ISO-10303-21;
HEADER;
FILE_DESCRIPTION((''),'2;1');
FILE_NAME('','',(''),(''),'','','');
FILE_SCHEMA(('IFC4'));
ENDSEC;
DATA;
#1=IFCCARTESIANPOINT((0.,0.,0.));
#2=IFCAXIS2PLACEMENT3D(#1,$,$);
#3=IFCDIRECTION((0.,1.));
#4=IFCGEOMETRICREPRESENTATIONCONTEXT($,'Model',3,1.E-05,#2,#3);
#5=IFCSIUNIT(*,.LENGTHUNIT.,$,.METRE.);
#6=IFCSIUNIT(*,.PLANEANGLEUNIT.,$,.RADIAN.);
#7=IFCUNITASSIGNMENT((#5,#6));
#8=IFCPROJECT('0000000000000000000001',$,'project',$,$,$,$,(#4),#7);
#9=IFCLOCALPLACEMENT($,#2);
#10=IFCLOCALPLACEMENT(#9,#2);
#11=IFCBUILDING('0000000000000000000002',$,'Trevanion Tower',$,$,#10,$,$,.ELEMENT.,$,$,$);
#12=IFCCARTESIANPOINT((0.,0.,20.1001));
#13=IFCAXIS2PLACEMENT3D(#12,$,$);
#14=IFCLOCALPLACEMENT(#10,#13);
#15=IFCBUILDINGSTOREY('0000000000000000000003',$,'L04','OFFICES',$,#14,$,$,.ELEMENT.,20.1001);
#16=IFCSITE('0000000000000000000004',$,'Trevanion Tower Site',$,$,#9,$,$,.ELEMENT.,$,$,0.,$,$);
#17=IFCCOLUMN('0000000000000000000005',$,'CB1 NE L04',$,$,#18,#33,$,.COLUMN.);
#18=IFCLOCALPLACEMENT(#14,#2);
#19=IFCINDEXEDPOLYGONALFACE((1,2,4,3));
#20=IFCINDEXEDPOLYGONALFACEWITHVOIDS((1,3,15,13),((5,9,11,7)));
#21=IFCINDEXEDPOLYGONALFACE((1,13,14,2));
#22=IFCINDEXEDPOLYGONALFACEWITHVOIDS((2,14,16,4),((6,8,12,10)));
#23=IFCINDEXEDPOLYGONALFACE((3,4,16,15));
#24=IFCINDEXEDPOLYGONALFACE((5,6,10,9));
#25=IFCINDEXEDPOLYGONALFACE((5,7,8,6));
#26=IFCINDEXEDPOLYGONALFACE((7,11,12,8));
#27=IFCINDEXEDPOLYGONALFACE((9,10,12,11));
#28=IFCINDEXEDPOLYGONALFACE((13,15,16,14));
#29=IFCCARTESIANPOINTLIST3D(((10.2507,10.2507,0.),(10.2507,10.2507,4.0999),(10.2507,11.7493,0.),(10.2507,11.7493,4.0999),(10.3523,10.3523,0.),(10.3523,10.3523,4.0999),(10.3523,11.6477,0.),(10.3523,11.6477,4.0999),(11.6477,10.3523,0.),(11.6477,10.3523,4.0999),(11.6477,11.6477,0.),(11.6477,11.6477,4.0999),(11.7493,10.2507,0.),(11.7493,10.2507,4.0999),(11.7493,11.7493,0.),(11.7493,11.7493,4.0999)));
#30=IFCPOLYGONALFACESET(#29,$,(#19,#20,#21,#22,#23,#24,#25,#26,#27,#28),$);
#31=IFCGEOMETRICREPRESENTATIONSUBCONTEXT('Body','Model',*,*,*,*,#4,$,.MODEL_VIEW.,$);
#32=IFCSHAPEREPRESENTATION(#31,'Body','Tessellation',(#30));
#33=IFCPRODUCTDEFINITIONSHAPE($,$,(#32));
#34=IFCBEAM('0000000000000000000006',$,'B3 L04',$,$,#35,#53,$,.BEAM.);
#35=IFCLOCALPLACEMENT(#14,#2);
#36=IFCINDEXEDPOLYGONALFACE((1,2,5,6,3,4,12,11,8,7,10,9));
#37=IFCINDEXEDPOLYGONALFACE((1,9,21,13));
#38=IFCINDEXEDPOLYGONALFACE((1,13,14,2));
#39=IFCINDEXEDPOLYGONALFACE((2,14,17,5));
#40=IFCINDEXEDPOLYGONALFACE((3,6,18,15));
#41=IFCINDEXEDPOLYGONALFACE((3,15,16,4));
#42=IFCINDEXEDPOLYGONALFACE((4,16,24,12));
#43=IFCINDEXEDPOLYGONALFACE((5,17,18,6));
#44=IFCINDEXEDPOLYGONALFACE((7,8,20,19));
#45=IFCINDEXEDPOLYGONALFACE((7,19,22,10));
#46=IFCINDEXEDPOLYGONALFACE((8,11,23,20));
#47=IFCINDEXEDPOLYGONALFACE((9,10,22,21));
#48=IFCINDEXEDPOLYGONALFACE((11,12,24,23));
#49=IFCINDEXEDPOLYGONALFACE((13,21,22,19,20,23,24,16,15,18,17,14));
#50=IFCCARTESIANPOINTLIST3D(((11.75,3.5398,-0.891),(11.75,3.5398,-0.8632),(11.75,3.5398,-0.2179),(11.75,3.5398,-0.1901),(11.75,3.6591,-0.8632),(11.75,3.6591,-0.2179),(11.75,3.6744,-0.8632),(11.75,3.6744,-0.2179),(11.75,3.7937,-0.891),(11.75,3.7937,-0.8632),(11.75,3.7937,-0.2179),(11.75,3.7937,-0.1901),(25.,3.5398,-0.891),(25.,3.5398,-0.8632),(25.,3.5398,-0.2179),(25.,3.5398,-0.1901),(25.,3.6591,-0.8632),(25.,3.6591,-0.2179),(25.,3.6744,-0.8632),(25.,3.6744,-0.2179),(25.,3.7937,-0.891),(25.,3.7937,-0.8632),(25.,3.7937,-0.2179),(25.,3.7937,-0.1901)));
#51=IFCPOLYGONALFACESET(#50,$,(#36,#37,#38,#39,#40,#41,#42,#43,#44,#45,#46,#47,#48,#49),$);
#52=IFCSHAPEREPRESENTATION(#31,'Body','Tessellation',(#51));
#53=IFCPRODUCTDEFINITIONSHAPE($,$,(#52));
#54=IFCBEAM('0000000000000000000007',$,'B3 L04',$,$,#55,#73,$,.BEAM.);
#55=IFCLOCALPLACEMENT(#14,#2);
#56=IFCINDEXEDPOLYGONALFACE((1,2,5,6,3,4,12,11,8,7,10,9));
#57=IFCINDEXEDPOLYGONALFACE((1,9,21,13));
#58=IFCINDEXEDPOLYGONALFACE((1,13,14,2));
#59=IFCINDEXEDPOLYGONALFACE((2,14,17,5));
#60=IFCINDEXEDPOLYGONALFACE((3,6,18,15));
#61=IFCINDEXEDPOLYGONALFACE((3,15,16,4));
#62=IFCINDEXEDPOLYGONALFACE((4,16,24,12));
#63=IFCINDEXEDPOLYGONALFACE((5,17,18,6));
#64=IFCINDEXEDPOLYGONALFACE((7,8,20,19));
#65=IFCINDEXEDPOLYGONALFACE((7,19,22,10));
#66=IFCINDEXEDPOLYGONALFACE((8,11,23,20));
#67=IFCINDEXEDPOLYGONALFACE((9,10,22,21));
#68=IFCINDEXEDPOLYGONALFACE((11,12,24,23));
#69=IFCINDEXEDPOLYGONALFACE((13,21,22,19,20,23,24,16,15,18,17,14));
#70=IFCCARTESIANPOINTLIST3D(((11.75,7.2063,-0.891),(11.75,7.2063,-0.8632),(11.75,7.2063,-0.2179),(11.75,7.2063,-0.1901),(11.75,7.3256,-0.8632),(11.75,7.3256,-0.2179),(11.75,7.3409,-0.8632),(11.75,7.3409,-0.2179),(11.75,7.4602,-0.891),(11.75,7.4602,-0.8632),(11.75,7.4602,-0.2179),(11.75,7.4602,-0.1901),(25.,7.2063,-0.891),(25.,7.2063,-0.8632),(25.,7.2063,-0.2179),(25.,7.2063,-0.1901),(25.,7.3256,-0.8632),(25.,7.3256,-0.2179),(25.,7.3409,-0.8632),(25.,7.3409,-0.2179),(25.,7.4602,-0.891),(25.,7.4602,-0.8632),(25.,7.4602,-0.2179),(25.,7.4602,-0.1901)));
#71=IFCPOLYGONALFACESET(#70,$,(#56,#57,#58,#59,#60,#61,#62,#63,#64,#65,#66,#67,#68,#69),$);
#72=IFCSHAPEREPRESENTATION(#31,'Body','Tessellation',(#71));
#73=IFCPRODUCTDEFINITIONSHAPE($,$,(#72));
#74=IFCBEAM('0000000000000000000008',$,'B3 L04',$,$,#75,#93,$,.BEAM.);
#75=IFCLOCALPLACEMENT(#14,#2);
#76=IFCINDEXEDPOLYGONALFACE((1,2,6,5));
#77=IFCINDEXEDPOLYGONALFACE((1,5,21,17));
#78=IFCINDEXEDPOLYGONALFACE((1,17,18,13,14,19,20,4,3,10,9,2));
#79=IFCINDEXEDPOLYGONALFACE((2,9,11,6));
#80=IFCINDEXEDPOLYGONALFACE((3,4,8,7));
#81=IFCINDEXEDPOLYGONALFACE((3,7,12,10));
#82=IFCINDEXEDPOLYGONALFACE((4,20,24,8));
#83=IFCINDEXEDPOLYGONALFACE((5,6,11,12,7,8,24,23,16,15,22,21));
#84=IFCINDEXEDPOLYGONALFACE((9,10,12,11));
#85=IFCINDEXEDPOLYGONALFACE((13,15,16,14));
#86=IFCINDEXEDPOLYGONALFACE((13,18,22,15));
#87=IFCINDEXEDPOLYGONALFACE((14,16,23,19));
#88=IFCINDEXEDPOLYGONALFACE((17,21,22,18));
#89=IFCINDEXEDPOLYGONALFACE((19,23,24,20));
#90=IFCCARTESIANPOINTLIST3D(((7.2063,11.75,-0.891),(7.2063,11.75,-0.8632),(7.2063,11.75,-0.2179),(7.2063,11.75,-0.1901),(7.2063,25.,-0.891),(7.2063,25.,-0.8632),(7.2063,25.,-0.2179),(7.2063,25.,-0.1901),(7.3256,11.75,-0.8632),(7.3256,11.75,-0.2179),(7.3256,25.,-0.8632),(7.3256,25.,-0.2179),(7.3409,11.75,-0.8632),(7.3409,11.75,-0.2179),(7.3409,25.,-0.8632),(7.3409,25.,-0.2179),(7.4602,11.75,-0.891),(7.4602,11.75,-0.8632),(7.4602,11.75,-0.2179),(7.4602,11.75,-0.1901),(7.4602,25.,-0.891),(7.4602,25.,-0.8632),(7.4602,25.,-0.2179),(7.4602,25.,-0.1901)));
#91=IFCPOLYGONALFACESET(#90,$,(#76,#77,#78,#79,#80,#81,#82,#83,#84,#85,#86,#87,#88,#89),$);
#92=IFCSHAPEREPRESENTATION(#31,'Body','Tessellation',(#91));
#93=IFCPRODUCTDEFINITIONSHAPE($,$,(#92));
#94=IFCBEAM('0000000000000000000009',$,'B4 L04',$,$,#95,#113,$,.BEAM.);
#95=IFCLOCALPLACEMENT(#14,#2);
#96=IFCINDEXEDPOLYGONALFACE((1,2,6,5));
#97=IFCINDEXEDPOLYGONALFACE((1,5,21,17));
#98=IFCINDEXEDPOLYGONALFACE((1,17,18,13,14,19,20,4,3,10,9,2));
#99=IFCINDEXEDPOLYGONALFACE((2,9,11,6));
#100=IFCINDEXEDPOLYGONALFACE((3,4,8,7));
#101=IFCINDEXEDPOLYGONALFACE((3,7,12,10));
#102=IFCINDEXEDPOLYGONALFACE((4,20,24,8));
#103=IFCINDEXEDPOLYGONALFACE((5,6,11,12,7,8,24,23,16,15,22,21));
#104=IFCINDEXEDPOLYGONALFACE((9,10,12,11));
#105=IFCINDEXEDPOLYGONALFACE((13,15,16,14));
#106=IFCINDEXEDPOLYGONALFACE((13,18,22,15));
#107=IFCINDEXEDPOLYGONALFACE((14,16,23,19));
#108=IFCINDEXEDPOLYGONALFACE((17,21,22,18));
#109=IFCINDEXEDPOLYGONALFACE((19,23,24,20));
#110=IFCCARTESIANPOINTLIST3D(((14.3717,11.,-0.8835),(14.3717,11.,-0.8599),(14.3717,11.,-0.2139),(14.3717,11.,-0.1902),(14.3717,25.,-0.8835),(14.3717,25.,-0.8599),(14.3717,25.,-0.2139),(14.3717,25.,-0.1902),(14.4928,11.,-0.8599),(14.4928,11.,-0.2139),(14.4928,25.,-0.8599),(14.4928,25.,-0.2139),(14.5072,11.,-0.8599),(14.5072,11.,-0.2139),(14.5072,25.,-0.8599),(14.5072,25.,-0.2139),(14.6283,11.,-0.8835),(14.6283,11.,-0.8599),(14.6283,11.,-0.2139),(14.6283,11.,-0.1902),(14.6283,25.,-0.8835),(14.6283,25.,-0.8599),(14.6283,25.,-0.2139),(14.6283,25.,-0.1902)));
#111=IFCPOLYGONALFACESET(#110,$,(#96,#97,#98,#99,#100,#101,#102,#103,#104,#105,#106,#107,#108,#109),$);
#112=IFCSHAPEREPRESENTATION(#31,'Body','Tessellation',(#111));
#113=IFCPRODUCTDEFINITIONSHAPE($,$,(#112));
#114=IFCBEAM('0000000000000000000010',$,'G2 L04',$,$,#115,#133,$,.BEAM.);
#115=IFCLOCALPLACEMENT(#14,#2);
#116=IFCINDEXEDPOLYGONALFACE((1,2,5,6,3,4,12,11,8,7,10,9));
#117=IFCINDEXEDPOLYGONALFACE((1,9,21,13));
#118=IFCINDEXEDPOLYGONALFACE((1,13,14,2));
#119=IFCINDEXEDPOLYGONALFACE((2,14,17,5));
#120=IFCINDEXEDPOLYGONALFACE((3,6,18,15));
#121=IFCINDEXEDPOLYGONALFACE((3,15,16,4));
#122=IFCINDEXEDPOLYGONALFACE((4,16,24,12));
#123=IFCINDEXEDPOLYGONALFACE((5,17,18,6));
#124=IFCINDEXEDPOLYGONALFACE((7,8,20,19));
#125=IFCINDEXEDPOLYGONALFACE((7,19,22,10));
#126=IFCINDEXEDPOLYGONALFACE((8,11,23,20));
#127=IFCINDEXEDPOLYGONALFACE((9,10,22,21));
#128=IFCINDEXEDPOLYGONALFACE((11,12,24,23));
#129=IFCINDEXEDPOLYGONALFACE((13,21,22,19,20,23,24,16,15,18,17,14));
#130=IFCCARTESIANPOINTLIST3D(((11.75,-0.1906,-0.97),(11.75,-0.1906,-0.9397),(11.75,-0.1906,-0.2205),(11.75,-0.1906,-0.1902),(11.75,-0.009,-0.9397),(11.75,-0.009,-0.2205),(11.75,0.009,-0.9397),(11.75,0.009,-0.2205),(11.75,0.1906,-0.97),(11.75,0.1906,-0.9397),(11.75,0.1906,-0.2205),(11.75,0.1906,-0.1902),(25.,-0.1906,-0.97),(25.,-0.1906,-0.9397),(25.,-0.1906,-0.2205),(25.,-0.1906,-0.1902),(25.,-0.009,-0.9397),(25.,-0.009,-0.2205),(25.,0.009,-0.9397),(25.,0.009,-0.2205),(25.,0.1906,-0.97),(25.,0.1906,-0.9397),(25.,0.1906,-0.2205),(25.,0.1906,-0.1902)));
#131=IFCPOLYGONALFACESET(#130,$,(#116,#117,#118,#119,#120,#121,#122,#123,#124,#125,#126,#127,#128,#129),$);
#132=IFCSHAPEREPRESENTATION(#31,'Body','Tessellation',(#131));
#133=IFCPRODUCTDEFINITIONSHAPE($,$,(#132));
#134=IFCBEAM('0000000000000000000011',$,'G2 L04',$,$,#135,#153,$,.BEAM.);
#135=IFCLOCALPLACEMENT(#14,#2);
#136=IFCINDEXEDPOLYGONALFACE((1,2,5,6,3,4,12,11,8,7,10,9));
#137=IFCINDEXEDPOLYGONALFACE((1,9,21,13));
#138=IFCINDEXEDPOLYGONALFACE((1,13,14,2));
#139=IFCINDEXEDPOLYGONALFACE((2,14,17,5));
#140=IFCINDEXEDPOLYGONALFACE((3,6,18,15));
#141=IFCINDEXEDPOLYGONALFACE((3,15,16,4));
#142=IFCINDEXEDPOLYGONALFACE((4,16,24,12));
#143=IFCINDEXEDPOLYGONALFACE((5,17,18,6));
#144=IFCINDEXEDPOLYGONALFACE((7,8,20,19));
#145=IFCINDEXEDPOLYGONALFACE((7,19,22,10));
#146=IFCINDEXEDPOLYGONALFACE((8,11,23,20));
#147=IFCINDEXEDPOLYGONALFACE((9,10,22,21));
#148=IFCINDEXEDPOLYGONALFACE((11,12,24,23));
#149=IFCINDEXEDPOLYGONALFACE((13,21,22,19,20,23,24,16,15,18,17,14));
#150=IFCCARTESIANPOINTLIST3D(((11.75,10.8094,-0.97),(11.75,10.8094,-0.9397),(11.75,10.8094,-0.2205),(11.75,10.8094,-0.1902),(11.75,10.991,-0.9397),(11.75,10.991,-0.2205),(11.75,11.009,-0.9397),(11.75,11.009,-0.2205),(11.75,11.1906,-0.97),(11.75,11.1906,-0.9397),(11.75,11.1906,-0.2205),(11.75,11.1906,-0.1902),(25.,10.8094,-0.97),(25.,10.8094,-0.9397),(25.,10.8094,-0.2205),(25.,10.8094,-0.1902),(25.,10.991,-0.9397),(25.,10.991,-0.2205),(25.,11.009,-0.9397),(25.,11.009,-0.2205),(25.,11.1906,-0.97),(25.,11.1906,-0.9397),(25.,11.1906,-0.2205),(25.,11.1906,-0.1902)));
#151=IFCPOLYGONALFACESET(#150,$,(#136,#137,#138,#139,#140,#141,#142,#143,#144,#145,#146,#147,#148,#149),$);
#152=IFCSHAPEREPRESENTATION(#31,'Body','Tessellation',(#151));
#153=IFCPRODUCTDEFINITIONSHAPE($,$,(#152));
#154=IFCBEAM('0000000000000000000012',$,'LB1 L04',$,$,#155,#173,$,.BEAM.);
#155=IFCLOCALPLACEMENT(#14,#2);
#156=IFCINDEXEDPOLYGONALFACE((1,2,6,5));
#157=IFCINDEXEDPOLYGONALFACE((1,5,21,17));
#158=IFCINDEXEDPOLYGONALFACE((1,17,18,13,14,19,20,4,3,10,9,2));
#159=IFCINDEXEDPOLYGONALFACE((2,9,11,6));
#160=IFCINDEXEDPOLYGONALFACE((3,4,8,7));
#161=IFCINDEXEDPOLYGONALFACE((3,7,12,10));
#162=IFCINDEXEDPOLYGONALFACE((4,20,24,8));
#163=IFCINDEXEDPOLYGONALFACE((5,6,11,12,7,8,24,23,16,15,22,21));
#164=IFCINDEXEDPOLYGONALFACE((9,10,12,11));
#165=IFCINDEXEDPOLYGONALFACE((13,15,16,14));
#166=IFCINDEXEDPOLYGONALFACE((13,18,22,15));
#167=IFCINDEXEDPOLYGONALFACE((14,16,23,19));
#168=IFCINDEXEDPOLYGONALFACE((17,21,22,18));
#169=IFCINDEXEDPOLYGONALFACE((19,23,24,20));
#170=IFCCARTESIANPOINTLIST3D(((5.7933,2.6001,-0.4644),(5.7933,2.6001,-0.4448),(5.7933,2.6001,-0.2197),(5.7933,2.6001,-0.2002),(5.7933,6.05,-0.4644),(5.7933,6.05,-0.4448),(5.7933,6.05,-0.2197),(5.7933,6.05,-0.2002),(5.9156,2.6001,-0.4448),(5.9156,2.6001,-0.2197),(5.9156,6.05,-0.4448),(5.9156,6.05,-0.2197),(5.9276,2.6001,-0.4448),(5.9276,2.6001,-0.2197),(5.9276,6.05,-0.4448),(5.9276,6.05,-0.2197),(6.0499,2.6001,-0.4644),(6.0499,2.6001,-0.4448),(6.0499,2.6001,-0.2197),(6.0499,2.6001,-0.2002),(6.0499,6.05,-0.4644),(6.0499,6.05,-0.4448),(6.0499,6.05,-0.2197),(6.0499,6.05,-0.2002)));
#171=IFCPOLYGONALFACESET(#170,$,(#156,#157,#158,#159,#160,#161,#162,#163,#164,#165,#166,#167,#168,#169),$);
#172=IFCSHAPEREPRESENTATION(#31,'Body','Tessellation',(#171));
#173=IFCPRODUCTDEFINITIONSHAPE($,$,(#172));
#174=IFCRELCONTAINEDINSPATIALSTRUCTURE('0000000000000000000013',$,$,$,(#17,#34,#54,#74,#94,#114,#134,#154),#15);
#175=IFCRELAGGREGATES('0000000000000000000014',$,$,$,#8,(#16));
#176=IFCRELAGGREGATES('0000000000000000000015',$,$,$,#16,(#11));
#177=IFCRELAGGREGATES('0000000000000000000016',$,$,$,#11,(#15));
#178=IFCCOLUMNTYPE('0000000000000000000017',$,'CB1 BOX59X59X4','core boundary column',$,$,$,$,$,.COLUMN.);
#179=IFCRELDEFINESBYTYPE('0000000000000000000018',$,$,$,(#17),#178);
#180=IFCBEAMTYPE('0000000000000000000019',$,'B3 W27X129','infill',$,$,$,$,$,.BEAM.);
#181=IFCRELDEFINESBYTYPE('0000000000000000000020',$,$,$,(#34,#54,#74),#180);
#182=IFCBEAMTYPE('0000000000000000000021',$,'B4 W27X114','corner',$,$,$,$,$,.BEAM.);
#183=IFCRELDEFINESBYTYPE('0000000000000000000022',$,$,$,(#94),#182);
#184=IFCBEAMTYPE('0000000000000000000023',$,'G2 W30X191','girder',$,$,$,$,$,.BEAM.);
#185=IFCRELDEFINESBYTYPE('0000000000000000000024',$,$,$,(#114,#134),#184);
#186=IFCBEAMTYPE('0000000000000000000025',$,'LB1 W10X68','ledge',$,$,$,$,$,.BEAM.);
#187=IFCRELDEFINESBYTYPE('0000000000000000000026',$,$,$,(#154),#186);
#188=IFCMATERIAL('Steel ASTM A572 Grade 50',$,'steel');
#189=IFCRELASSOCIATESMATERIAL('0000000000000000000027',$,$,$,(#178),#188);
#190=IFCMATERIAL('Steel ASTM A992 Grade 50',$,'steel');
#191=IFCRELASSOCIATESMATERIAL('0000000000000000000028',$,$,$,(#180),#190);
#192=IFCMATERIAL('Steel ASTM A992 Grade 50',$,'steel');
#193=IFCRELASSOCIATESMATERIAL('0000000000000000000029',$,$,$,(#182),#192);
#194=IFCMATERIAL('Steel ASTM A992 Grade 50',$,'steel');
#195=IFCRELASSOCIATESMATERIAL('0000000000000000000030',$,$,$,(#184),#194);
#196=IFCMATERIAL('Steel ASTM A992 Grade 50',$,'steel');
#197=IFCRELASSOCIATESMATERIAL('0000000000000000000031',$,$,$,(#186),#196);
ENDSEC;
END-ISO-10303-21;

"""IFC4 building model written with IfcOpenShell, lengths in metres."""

from ifc_helpers import new_model, si_unit, direction, frame, origin, origin_2d, place, context, subcontext, project, spatial, hollow_rectangle, i_section, extrude, material, material_profile, profile_set, type_object, element, save


model = new_model("IFC4")

# Units and contexts
model_context = context("Model", 3, precision=1e-05, world=origin(), true_north=direction((0.0, 1.0)))
body_context = subcontext(model_context, "Body", "Model", "MODEL_VIEW")
ifc_project = project(units=[si_unit("LENGTHUNIT", "METRE"), si_unit("PLANEANGLEUNIT", "RADIAN")], contexts=[model_context])

# Site, building, storey
site_placement = place(None, origin())
site = spatial("IfcSite", under=ifc_project, at=site_placement, Name="Trevanion Tower Site", CompositionType="ELEMENT", RefElevation=0.0)
building_placement = place(site_placement, origin())
building = spatial("IfcBuilding", under=site, at=building_placement, Name="Trevanion Tower", CompositionType="ELEMENT")
storey_placement = place(building_placement, frame((0.0, 0.0, 20.1001)))
storey = spatial("IfcBuildingStorey", under=building, at=storey_placement, Name="L04", Description="OFFICES", CompositionType="ELEMENT", Elevation=20.1001)

# Column
ifc_material_1 = material(Name="Steel ASTM A572 Grade 50", Category="steel")
ifc_material_profile_1 = material_profile(ifc_material_1, hollow_rectangle(XDim=1.4985, YDim=1.4985, WallThickness=0.1016, at=origin_2d()), Name="BOX59X59X4")
ifc_profile_set_1 = profile_set([ifc_material_profile_1], Name="Steel ASTM A572 Grade 50")
column_type = type_object("IfcColumnType", Name="CB1 BOX59X59X4", Description="core boundary column", PredefinedType="COLUMN", material=ifc_profile_set_1)
column_placement = place(storey_placement, frame((11.0, 11.0, 0.0), z_axis=(0.0, 0.0, 1.0), x_axis=(1.0, 0.0, 0.0)))
element("IfcColumn", 1, at=column_placement, inside=storey, type_object=column_type, Name="CB1 NE L04", PredefinedType="COLUMN", context=body_context, shape_type="SweptSolid", body=[
    extrude(hollow_rectangle(XDim=1.4985, YDim=1.4985, WallThickness=0.1016, at=origin_2d()), origin(), (0.0, 0.0, 1.0), 4.0999),
])

# Beams
ifc_material_2 = material(Name="Steel ASTM A992 Grade 50", Category="steel")
ifc_material_profile_2 = material_profile(ifc_material_2, i_section(OverallWidth=0.2539, OverallDepth=0.7009, WebThickness=0.0154, FlangeThickness=0.0278, at=origin_2d()), Name="W27X129")
ifc_profile_set_2 = profile_set([ifc_material_profile_2], Name="Steel ASTM A992 Grade 50")
beam_type_1 = type_object("IfcBeamType", Name="B3 W27X129", Description="infill", PredefinedType="BEAM", material=ifc_profile_set_2)
for number, where, z_axis, x_axis, name in (
    (2, (11.75, 3.6667, -0.5405), (1.0, 0.0, 0.0), (0.0, 1.0, 0.0), "B3 L04"),
    (3, (11.75, 7.3333, -0.5405), (1.0, 0.0, 0.0), (0.0, 1.0, 0.0), "B3 L04"),
    (4, (7.3333, 11.75, -0.5405), (0.0, 1.0, 0.0), (-1.0, 0.0, 0.0), "B3 L04"),
):
    element("IfcBeam", number, at=place(storey_placement, frame(where, z_axis=z_axis, x_axis=x_axis)), inside=storey, type_object=beam_type_1, Name=name, PredefinedType="BEAM", context=body_context, shape_type="SweptSolid", body=[
        extrude(i_section(OverallWidth=0.2539, OverallDepth=0.7009, WebThickness=0.0154, FlangeThickness=0.0278, at=origin_2d()), origin(), (0.0, 0.0, 1.0), 13.25),
    ])
ifc_material_3 = material(Name="Steel ASTM A992 Grade 50", Category="steel")
ifc_material_profile_3 = material_profile(ifc_material_3, i_section(OverallWidth=0.2566, OverallDepth=0.6934, WebThickness=0.0144, FlangeThickness=0.0237, at=origin_2d()), Name="W27X114")
ifc_profile_set_3 = profile_set([ifc_material_profile_3], Name="Steel ASTM A992 Grade 50")
beam_type_2 = type_object("IfcBeamType", Name="B4 W27X114", Description="corner", PredefinedType="BEAM", material=ifc_profile_set_3)
beam_1_placement = place(storey_placement, frame((14.5, 11.0, -0.5369), z_axis=(0.0, 1.0, 0.0), x_axis=(-1.0, 0.0, 0.0)))
element("IfcBeam", 5, at=beam_1_placement, inside=storey, type_object=beam_type_2, Name="B4 L04", PredefinedType="BEAM", context=body_context, shape_type="SweptSolid", body=[
    extrude(i_section(OverallWidth=0.2566, OverallDepth=0.6934, WebThickness=0.0144, FlangeThickness=0.0237, at=origin_2d()), origin(), (0.0, 0.0, 1.0), 14.0),
])
ifc_material_4 = material(Name="Steel ASTM A992 Grade 50", Category="steel")
ifc_material_profile_4 = material_profile(ifc_material_4, i_section(OverallWidth=0.3811, OverallDepth=0.7798, WebThickness=0.0181, FlangeThickness=0.0303, at=origin_2d()), Name="W30X191")
ifc_profile_set_4 = profile_set([ifc_material_profile_4], Name="Steel ASTM A992 Grade 50")
beam_type_3 = type_object("IfcBeamType", Name="G2 W30X191", Description="girder", PredefinedType="BEAM", material=ifc_profile_set_4)
for number, where, z_axis, x_axis, name in (
    (6, (11.75, 0.0, -0.5801), (1.0, 0.0, 0.0), (0.0, 1.0, 0.0), "G2 L04"),
    (7, (11.75, 11.0, -0.5801), (1.0, 0.0, 0.0), (0.0, 1.0, 0.0), "G2 L04"),
):
    element("IfcBeam", number, at=place(storey_placement, frame(where, z_axis=z_axis, x_axis=x_axis)), inside=storey, type_object=beam_type_3, Name=name, PredefinedType="BEAM", context=body_context, shape_type="SweptSolid", body=[
        extrude(i_section(OverallWidth=0.3811, OverallDepth=0.7798, WebThickness=0.0181, FlangeThickness=0.0303, at=origin_2d()), origin(), (0.0, 0.0, 1.0), 13.25),
    ])
ifc_material_5 = material(Name="Steel ASTM A992 Grade 50", Category="steel")
ifc_material_profile_5 = material_profile(ifc_material_5, i_section(OverallWidth=0.2566, OverallDepth=0.2642, WebThickness=0.012, FlangeThickness=0.0195, at=origin_2d()), Name="W10X68")
ifc_profile_set_5 = profile_set([ifc_material_profile_5], Name="Steel ASTM A992 Grade 50")
beam_type_4 = type_object("IfcBeamType", Name="LB1 W10X68", Description="ledge", PredefinedType="BEAM", material=ifc_profile_set_5)
beam_2_placement = place(storey_placement, frame((5.9216, 2.6001, -0.3323), z_axis=(0.0, 1.0, 0.0), x_axis=(-1.0, 0.0, 0.0)))
element("IfcBeam", 8, at=beam_2_placement, inside=storey, type_object=beam_type_4, Name="LB1 L04", PredefinedType="BEAM", context=body_context, shape_type="SweptSolid", body=[
    extrude(i_section(OverallWidth=0.2566, OverallDepth=0.2642, WebThickness=0.012, FlangeThickness=0.0195, at=origin_2d()), origin(), (0.0, 0.0, 1.0), 3.45),
])

save(model, "model.ifc")
